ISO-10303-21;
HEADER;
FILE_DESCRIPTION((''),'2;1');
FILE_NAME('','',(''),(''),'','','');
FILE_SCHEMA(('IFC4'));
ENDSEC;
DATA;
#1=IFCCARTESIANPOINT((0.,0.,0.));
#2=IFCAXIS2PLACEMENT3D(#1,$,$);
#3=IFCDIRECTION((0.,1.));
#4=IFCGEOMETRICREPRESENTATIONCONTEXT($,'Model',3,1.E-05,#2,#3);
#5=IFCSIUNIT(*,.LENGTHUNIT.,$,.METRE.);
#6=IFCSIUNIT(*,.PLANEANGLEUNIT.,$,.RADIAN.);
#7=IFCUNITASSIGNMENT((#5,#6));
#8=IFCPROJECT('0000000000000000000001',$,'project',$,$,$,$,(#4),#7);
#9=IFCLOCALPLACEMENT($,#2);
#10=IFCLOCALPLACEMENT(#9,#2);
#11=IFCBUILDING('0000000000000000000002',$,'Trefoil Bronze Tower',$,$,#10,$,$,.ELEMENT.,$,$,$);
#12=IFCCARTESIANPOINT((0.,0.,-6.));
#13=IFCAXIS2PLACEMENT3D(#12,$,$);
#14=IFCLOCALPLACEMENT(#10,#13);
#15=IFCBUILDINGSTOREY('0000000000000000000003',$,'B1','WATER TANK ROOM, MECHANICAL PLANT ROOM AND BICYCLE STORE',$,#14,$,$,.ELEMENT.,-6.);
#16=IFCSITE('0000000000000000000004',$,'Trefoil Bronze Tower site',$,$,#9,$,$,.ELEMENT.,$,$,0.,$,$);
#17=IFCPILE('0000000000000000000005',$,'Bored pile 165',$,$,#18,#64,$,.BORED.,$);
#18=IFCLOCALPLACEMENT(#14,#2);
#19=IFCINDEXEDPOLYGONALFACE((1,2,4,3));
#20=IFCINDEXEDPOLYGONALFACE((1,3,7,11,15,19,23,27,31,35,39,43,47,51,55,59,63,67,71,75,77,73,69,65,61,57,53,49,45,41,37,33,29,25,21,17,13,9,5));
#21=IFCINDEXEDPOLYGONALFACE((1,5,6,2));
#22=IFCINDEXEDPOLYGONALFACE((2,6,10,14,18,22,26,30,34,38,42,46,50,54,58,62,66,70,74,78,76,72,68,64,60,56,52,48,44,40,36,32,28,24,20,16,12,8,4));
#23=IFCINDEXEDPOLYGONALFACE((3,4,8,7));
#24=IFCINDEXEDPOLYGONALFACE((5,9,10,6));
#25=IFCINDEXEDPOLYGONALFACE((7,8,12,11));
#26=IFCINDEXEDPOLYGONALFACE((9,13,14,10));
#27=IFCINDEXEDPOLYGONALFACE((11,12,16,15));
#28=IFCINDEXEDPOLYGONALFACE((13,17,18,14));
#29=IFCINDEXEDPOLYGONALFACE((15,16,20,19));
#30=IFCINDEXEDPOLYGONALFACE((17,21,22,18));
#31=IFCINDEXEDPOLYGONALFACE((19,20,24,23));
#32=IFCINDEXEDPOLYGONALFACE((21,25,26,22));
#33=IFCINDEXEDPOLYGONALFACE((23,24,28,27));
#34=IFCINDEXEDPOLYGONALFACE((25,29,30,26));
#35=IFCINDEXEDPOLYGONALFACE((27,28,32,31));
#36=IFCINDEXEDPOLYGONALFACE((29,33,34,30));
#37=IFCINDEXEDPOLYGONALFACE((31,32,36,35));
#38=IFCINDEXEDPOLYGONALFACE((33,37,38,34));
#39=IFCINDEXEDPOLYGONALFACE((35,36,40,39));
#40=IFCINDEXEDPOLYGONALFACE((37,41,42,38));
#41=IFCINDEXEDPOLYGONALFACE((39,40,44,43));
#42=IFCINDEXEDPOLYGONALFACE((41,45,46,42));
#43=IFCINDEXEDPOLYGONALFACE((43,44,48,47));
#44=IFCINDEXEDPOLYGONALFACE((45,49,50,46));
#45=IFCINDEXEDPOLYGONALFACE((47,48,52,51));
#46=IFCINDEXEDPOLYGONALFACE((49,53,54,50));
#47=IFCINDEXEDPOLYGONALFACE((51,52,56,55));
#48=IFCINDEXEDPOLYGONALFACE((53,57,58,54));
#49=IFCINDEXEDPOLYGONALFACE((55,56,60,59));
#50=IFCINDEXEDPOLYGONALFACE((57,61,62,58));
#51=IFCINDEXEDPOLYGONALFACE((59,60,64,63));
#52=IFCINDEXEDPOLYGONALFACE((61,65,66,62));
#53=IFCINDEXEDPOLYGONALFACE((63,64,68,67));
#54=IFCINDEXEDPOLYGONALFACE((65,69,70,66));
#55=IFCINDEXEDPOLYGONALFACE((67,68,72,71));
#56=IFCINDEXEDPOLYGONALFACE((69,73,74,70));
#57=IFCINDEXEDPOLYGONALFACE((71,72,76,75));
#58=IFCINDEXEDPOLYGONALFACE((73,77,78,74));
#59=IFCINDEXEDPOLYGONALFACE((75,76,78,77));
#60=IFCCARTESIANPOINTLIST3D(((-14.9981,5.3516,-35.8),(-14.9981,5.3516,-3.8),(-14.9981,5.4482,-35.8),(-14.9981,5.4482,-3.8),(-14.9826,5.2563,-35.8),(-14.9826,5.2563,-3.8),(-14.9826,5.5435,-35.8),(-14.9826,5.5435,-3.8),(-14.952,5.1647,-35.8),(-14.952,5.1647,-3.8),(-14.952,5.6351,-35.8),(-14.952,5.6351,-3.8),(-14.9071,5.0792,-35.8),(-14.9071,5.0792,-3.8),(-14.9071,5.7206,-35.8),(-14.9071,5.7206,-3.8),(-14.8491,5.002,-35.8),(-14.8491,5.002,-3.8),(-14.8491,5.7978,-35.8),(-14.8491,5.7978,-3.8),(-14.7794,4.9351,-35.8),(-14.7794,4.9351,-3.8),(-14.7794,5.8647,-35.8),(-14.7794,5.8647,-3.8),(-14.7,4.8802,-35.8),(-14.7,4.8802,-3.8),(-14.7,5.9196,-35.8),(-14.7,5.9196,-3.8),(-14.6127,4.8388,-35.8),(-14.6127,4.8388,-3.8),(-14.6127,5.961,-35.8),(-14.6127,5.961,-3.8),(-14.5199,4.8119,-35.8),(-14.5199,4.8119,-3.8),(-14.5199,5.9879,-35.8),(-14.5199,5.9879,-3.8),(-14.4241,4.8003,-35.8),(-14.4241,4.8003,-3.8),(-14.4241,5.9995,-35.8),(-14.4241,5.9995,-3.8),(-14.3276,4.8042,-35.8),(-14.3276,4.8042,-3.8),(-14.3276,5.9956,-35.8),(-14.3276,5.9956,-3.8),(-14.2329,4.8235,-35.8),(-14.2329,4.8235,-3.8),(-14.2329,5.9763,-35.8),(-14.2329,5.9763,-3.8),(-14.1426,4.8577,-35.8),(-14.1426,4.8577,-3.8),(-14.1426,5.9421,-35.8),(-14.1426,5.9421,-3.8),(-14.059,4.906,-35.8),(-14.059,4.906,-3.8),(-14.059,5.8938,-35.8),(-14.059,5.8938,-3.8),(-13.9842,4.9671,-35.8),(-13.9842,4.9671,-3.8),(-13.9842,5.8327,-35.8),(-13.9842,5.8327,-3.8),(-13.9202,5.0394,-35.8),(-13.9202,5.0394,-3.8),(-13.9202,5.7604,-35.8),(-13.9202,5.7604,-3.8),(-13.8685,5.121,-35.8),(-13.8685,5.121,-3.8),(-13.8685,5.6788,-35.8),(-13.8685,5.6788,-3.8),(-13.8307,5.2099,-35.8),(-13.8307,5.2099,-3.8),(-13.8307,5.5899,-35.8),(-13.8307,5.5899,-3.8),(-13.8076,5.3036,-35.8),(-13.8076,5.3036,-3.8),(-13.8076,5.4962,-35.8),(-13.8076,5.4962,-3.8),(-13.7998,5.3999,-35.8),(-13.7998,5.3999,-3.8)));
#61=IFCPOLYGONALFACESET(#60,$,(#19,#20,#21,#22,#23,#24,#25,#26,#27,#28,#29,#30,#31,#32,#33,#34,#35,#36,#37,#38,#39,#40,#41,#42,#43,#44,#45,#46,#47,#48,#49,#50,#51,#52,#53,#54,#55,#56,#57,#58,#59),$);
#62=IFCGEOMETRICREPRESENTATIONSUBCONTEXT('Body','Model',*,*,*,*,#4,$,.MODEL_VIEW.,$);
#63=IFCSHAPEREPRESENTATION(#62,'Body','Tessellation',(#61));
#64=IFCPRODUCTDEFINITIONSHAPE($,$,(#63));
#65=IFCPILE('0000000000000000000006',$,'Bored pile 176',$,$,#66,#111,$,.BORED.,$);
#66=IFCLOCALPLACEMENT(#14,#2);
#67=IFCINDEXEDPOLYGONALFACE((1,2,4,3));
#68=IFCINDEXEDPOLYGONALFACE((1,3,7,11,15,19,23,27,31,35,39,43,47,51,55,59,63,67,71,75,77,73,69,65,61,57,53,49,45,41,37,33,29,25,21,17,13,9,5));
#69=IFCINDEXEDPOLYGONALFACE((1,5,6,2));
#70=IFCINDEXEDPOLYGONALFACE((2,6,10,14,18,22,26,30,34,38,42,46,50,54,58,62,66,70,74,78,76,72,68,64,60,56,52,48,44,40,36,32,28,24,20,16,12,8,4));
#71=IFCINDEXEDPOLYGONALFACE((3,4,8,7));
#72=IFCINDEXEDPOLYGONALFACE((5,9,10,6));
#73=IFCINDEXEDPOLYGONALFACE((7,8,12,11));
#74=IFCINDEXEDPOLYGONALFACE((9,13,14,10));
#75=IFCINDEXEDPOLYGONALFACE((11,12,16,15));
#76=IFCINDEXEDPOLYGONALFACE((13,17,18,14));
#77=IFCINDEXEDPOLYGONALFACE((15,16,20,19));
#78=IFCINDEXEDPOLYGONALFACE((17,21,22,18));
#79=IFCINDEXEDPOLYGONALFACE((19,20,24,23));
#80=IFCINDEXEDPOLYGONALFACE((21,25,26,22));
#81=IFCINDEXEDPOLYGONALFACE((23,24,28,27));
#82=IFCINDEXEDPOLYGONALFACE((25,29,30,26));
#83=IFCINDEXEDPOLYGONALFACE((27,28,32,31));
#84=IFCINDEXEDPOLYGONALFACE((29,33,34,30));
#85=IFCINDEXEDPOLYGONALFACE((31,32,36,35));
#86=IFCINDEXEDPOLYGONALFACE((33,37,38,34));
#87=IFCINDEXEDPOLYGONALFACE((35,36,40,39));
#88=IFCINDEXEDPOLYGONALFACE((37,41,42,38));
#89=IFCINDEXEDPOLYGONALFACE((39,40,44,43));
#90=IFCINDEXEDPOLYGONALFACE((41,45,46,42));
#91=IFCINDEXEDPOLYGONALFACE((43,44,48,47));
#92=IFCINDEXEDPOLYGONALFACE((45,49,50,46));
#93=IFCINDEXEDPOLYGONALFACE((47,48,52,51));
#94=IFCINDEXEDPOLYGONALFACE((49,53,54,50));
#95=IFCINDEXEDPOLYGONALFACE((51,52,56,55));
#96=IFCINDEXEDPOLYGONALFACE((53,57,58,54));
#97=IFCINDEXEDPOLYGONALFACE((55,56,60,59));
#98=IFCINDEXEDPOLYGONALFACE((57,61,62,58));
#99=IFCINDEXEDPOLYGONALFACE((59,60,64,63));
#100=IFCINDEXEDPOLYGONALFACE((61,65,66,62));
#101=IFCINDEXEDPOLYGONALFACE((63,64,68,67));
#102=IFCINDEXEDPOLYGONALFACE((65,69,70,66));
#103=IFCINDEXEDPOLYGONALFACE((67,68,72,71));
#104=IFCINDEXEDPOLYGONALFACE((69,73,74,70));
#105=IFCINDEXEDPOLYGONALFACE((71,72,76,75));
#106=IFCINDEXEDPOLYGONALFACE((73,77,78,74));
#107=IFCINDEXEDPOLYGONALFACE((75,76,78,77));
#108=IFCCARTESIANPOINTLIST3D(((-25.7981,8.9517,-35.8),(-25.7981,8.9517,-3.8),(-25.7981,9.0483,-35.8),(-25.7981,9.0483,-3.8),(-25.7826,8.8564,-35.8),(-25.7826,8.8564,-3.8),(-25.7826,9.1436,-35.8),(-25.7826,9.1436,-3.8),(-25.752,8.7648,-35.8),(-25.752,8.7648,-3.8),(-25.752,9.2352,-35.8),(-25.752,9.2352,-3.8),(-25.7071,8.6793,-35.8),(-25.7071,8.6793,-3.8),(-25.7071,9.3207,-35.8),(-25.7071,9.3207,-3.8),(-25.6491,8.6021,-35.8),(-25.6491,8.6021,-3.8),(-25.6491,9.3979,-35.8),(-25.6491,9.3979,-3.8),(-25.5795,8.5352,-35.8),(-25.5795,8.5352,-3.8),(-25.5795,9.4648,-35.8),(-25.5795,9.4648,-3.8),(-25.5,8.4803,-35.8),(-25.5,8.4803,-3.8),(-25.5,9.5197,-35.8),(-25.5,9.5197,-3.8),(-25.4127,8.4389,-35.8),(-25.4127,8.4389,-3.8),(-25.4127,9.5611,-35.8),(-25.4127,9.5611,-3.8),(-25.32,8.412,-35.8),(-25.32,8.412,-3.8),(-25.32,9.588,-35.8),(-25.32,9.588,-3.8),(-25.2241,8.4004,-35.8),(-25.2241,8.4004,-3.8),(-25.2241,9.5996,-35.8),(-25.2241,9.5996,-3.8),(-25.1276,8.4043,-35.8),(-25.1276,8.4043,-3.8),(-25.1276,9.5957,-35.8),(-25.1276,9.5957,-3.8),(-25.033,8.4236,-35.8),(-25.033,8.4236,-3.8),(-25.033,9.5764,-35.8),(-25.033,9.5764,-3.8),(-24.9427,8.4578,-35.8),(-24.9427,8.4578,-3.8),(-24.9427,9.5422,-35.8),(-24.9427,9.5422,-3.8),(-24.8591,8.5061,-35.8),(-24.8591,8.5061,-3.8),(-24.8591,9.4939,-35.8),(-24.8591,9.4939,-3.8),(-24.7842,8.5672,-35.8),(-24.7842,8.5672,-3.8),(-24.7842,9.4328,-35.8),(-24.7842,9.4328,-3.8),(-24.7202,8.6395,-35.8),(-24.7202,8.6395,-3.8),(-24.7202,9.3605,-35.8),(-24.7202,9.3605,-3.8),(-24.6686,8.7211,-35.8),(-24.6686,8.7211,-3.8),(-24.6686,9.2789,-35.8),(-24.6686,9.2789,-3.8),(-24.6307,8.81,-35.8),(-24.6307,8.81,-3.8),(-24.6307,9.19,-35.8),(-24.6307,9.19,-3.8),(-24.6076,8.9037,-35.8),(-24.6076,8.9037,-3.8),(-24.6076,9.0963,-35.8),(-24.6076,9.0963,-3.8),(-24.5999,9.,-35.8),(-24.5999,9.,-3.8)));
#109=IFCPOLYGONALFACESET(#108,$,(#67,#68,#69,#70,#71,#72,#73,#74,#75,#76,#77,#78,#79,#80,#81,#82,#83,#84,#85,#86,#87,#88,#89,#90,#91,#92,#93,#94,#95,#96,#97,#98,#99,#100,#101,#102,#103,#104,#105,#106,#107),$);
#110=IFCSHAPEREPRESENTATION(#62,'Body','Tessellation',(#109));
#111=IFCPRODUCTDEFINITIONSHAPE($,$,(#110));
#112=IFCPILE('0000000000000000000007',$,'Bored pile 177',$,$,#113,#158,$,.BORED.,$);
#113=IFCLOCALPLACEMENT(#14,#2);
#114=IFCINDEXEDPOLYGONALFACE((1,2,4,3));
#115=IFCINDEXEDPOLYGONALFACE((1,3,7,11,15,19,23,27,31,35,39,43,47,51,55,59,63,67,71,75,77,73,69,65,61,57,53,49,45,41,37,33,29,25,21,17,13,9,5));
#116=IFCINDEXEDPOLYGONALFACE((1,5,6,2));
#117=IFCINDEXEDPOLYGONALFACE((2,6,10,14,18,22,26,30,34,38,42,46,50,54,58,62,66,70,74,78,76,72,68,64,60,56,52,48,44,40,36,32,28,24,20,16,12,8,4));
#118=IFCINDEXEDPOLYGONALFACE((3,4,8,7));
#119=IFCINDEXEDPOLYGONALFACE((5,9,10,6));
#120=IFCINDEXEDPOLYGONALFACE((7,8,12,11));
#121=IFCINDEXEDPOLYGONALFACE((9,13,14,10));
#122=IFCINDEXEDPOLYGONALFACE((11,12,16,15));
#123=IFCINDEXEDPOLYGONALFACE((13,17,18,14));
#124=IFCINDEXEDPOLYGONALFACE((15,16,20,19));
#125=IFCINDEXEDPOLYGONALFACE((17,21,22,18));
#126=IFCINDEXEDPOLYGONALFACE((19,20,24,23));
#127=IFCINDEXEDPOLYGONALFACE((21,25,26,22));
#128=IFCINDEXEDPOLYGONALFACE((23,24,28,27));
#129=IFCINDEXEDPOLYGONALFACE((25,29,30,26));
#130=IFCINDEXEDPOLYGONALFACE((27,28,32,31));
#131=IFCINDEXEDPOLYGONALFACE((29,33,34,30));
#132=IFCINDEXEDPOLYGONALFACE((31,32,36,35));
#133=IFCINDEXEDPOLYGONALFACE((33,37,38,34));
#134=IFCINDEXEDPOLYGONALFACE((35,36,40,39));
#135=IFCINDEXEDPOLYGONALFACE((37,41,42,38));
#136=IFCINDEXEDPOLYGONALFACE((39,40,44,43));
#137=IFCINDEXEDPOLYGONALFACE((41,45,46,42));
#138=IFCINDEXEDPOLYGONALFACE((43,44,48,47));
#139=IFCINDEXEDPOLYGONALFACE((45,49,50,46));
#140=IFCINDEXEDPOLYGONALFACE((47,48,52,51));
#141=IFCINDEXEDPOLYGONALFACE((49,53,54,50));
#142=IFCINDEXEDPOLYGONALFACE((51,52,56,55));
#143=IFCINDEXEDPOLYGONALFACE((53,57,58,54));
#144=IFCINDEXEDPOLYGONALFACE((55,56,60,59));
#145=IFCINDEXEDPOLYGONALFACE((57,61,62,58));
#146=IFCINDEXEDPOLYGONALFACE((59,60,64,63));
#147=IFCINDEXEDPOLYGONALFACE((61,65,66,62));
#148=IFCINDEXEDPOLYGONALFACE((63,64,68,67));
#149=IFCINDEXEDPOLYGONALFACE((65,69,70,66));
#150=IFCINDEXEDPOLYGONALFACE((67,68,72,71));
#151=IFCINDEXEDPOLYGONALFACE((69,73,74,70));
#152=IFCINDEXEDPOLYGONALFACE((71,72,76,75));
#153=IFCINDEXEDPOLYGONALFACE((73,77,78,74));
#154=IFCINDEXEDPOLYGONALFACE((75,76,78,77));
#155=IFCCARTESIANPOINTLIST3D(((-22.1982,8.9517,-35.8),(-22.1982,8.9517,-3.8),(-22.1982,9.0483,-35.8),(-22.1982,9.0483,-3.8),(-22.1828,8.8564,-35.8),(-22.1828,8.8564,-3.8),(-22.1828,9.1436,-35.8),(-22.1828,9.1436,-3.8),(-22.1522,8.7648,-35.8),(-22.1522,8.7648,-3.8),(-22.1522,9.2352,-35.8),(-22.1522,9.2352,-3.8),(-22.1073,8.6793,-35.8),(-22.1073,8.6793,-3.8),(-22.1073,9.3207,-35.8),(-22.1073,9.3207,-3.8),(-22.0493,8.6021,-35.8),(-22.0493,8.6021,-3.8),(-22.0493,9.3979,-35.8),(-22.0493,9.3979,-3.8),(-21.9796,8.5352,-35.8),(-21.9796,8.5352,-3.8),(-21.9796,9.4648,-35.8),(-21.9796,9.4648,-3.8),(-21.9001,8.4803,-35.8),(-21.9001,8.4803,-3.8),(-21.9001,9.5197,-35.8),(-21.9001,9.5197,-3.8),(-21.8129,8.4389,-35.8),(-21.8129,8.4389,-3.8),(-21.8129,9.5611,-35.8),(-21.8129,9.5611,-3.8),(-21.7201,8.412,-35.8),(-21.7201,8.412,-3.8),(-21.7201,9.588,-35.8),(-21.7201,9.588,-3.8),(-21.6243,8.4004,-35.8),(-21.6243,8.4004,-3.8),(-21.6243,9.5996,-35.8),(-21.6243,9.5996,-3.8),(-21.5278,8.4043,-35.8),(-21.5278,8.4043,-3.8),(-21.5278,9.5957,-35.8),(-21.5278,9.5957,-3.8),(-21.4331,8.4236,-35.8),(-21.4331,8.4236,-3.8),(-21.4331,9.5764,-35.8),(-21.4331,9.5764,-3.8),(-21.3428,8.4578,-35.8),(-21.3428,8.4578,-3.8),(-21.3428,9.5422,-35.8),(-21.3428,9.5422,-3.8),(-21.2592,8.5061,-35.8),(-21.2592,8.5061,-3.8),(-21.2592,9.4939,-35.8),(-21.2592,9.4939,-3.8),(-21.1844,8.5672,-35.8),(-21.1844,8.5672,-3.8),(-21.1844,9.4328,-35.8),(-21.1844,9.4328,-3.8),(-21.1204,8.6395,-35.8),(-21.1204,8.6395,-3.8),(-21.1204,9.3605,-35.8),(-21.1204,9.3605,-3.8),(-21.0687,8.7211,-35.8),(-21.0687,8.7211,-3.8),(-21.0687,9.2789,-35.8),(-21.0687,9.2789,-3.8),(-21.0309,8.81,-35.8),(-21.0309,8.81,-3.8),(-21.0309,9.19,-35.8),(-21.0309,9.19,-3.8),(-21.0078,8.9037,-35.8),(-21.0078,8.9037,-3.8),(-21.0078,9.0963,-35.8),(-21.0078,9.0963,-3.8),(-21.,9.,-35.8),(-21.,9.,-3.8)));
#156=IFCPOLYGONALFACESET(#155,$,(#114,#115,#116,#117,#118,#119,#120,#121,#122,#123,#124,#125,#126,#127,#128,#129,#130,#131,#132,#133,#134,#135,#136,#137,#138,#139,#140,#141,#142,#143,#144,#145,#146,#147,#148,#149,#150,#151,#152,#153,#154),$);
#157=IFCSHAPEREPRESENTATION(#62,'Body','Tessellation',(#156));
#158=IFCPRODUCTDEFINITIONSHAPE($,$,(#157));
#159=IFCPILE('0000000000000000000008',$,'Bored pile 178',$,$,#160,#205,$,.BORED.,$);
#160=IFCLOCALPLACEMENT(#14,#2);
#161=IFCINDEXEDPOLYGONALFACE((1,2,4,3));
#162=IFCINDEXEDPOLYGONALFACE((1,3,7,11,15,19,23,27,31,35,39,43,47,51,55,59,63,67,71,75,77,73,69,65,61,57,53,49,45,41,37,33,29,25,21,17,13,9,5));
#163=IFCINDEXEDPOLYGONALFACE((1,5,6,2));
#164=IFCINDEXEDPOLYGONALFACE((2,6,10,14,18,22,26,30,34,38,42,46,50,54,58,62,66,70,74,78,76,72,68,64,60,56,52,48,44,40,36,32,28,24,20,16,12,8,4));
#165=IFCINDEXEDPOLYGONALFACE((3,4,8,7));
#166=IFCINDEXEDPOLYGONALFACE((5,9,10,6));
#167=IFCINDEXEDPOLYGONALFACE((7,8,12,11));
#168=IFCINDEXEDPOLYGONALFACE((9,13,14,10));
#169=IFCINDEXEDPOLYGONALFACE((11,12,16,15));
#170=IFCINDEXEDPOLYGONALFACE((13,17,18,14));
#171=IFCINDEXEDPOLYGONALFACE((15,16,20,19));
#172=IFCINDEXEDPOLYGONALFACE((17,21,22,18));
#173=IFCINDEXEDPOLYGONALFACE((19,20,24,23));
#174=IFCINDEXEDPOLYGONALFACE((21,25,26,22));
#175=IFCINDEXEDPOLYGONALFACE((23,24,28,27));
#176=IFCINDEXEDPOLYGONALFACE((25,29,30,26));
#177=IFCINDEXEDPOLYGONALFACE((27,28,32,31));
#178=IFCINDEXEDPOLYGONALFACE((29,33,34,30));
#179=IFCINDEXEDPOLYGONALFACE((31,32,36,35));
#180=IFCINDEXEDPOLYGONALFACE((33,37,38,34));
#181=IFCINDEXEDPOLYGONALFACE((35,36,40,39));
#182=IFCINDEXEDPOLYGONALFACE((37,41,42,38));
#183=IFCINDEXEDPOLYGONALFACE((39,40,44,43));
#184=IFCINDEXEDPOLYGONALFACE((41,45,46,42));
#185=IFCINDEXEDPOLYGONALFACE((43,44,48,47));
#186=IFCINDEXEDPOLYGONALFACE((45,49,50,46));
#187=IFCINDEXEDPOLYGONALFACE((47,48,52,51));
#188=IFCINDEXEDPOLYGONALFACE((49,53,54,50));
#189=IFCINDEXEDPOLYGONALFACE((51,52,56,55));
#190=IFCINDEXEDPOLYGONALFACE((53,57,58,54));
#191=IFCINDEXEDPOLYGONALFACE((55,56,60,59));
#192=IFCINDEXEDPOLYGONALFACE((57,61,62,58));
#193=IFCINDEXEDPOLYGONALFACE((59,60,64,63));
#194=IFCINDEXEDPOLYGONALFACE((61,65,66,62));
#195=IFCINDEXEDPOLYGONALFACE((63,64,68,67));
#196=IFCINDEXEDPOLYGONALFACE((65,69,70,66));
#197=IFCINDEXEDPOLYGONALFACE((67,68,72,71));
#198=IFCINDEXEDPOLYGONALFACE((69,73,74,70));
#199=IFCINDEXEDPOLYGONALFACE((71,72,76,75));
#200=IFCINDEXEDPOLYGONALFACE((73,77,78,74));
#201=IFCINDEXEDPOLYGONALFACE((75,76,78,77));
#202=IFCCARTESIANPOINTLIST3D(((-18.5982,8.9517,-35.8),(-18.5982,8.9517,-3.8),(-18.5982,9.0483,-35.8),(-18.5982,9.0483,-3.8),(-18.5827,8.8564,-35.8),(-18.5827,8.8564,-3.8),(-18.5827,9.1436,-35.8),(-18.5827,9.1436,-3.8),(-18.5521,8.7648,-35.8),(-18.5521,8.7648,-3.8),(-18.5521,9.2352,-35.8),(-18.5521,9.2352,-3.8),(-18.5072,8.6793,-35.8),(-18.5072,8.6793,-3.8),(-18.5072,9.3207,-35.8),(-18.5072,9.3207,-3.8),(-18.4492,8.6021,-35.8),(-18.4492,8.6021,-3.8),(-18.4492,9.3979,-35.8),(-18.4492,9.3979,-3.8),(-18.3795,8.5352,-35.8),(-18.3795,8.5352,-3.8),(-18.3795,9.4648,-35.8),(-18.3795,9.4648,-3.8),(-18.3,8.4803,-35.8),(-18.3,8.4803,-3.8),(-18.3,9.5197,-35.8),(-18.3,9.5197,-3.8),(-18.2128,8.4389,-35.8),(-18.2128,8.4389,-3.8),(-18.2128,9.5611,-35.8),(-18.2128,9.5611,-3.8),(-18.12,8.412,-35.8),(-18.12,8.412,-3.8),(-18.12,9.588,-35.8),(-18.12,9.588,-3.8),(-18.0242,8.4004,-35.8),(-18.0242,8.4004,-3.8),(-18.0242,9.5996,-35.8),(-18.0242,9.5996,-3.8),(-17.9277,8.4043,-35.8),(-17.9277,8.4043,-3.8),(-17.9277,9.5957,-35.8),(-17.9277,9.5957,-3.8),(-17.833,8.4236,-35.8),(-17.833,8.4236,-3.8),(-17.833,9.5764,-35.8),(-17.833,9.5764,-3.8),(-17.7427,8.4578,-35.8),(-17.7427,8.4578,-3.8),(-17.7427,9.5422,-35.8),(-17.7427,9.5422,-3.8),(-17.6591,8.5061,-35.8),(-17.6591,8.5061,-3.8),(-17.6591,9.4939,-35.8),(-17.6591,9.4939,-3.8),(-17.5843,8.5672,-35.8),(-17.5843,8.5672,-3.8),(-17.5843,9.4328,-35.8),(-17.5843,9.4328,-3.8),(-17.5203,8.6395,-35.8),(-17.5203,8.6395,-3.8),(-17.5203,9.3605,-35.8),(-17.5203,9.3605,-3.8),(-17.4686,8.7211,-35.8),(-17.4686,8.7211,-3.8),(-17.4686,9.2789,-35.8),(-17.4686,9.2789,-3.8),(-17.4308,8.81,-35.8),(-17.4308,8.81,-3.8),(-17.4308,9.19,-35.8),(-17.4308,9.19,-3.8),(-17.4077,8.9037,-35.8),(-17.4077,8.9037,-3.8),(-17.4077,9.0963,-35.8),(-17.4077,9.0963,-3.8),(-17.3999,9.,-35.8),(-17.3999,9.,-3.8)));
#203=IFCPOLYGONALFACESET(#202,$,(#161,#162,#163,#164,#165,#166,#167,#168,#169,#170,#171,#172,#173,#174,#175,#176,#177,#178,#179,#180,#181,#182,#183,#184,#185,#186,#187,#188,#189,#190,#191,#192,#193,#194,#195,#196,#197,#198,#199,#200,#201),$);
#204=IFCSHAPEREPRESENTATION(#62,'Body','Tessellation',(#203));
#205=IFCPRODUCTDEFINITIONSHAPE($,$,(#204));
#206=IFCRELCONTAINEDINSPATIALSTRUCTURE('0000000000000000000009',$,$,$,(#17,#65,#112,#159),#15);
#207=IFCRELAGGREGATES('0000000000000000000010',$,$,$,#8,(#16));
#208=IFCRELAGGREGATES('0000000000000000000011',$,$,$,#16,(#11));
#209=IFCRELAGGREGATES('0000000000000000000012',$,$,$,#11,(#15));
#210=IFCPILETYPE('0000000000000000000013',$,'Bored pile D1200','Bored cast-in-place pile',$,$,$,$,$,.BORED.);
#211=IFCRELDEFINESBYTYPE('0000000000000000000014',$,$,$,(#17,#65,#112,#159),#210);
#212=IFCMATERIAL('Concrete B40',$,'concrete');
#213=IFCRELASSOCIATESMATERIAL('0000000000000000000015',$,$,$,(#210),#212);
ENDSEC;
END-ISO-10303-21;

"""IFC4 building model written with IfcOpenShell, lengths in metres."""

from ifc_helpers import new_model, si_unit, direction, frame, origin, origin_2d, place, context, subcontext, project, spatial, circle, extrude, material, type_object, element, save


model = new_model("IFC4")

# Units and contexts
model_context = context("Model", 3, precision=1e-05, world=origin(), true_north=direction((0.0, 1.0)))
body_context = subcontext(model_context, "Body", "Model", "MODEL_VIEW")
ifc_project = project(units=[si_unit("LENGTHUNIT", "METRE"), si_unit("PLANEANGLEUNIT", "RADIAN")], contexts=[model_context])

# Site, building, storey
site_placement = place(None, origin())
site = spatial("IfcSite", under=ifc_project, at=site_placement, Name="Trefoil Bronze Tower site", CompositionType="ELEMENT", RefElevation=0.0)
building_placement = place(site_placement, origin())
building = spatial("IfcBuilding", under=site, at=building_placement, Name="Trefoil Bronze Tower", CompositionType="ELEMENT")
storey_placement = place(building_placement, frame((0.0, 0.0, -6.0)))
storey = spatial("IfcBuildingStorey", under=building, at=storey_placement, Name="B1", Description="WATER TANK ROOM, MECHANICAL PLANT ROOM AND BICYCLE STORE", CompositionType="ELEMENT", Elevation=-6.0)

# Piles
ifc_material_1 = material(Name="Concrete B40", Category="concrete")
pile_type = type_object("IfcPileType", Name="Bored pile D1200", Description="Bored cast-in-place pile", PredefinedType="BORED", material=ifc_material_1)
for number, where, z_axis, x_axis, name in (
    (1, (-14.3999, 5.3999, -3.8), (0.0, 0.0, -1.0), (1.0, 0.0, 0.0), "Bored pile 165"),
    (2, (-25.2, 9.0, -3.8), (0.0, 0.0, -1.0), (1.0, 0.0, 0.0), "Bored pile 176"),
    (3, (-21.6001, 9.0, -3.8), (0.0, 0.0, -1.0), (1.0, 0.0, 0.0), "Bored pile 177"),
    (4, (-18.0, 9.0, -3.8), (0.0, 0.0, -1.0), (1.0, 0.0, 0.0), "Bored pile 178"),
):
    element("IfcPile", number, at=place(storey_placement, frame(where, z_axis=z_axis, x_axis=x_axis)), inside=storey, type_object=pile_type, Name=name, PredefinedType="BORED", context=body_context, shape_type="SweptSolid", body=[
        extrude(circle(Radius=0.6001, at=origin_2d()), origin(), (0.0, 0.0, 1.0), 32.0),
    ])

save(model, "model.ifc")
